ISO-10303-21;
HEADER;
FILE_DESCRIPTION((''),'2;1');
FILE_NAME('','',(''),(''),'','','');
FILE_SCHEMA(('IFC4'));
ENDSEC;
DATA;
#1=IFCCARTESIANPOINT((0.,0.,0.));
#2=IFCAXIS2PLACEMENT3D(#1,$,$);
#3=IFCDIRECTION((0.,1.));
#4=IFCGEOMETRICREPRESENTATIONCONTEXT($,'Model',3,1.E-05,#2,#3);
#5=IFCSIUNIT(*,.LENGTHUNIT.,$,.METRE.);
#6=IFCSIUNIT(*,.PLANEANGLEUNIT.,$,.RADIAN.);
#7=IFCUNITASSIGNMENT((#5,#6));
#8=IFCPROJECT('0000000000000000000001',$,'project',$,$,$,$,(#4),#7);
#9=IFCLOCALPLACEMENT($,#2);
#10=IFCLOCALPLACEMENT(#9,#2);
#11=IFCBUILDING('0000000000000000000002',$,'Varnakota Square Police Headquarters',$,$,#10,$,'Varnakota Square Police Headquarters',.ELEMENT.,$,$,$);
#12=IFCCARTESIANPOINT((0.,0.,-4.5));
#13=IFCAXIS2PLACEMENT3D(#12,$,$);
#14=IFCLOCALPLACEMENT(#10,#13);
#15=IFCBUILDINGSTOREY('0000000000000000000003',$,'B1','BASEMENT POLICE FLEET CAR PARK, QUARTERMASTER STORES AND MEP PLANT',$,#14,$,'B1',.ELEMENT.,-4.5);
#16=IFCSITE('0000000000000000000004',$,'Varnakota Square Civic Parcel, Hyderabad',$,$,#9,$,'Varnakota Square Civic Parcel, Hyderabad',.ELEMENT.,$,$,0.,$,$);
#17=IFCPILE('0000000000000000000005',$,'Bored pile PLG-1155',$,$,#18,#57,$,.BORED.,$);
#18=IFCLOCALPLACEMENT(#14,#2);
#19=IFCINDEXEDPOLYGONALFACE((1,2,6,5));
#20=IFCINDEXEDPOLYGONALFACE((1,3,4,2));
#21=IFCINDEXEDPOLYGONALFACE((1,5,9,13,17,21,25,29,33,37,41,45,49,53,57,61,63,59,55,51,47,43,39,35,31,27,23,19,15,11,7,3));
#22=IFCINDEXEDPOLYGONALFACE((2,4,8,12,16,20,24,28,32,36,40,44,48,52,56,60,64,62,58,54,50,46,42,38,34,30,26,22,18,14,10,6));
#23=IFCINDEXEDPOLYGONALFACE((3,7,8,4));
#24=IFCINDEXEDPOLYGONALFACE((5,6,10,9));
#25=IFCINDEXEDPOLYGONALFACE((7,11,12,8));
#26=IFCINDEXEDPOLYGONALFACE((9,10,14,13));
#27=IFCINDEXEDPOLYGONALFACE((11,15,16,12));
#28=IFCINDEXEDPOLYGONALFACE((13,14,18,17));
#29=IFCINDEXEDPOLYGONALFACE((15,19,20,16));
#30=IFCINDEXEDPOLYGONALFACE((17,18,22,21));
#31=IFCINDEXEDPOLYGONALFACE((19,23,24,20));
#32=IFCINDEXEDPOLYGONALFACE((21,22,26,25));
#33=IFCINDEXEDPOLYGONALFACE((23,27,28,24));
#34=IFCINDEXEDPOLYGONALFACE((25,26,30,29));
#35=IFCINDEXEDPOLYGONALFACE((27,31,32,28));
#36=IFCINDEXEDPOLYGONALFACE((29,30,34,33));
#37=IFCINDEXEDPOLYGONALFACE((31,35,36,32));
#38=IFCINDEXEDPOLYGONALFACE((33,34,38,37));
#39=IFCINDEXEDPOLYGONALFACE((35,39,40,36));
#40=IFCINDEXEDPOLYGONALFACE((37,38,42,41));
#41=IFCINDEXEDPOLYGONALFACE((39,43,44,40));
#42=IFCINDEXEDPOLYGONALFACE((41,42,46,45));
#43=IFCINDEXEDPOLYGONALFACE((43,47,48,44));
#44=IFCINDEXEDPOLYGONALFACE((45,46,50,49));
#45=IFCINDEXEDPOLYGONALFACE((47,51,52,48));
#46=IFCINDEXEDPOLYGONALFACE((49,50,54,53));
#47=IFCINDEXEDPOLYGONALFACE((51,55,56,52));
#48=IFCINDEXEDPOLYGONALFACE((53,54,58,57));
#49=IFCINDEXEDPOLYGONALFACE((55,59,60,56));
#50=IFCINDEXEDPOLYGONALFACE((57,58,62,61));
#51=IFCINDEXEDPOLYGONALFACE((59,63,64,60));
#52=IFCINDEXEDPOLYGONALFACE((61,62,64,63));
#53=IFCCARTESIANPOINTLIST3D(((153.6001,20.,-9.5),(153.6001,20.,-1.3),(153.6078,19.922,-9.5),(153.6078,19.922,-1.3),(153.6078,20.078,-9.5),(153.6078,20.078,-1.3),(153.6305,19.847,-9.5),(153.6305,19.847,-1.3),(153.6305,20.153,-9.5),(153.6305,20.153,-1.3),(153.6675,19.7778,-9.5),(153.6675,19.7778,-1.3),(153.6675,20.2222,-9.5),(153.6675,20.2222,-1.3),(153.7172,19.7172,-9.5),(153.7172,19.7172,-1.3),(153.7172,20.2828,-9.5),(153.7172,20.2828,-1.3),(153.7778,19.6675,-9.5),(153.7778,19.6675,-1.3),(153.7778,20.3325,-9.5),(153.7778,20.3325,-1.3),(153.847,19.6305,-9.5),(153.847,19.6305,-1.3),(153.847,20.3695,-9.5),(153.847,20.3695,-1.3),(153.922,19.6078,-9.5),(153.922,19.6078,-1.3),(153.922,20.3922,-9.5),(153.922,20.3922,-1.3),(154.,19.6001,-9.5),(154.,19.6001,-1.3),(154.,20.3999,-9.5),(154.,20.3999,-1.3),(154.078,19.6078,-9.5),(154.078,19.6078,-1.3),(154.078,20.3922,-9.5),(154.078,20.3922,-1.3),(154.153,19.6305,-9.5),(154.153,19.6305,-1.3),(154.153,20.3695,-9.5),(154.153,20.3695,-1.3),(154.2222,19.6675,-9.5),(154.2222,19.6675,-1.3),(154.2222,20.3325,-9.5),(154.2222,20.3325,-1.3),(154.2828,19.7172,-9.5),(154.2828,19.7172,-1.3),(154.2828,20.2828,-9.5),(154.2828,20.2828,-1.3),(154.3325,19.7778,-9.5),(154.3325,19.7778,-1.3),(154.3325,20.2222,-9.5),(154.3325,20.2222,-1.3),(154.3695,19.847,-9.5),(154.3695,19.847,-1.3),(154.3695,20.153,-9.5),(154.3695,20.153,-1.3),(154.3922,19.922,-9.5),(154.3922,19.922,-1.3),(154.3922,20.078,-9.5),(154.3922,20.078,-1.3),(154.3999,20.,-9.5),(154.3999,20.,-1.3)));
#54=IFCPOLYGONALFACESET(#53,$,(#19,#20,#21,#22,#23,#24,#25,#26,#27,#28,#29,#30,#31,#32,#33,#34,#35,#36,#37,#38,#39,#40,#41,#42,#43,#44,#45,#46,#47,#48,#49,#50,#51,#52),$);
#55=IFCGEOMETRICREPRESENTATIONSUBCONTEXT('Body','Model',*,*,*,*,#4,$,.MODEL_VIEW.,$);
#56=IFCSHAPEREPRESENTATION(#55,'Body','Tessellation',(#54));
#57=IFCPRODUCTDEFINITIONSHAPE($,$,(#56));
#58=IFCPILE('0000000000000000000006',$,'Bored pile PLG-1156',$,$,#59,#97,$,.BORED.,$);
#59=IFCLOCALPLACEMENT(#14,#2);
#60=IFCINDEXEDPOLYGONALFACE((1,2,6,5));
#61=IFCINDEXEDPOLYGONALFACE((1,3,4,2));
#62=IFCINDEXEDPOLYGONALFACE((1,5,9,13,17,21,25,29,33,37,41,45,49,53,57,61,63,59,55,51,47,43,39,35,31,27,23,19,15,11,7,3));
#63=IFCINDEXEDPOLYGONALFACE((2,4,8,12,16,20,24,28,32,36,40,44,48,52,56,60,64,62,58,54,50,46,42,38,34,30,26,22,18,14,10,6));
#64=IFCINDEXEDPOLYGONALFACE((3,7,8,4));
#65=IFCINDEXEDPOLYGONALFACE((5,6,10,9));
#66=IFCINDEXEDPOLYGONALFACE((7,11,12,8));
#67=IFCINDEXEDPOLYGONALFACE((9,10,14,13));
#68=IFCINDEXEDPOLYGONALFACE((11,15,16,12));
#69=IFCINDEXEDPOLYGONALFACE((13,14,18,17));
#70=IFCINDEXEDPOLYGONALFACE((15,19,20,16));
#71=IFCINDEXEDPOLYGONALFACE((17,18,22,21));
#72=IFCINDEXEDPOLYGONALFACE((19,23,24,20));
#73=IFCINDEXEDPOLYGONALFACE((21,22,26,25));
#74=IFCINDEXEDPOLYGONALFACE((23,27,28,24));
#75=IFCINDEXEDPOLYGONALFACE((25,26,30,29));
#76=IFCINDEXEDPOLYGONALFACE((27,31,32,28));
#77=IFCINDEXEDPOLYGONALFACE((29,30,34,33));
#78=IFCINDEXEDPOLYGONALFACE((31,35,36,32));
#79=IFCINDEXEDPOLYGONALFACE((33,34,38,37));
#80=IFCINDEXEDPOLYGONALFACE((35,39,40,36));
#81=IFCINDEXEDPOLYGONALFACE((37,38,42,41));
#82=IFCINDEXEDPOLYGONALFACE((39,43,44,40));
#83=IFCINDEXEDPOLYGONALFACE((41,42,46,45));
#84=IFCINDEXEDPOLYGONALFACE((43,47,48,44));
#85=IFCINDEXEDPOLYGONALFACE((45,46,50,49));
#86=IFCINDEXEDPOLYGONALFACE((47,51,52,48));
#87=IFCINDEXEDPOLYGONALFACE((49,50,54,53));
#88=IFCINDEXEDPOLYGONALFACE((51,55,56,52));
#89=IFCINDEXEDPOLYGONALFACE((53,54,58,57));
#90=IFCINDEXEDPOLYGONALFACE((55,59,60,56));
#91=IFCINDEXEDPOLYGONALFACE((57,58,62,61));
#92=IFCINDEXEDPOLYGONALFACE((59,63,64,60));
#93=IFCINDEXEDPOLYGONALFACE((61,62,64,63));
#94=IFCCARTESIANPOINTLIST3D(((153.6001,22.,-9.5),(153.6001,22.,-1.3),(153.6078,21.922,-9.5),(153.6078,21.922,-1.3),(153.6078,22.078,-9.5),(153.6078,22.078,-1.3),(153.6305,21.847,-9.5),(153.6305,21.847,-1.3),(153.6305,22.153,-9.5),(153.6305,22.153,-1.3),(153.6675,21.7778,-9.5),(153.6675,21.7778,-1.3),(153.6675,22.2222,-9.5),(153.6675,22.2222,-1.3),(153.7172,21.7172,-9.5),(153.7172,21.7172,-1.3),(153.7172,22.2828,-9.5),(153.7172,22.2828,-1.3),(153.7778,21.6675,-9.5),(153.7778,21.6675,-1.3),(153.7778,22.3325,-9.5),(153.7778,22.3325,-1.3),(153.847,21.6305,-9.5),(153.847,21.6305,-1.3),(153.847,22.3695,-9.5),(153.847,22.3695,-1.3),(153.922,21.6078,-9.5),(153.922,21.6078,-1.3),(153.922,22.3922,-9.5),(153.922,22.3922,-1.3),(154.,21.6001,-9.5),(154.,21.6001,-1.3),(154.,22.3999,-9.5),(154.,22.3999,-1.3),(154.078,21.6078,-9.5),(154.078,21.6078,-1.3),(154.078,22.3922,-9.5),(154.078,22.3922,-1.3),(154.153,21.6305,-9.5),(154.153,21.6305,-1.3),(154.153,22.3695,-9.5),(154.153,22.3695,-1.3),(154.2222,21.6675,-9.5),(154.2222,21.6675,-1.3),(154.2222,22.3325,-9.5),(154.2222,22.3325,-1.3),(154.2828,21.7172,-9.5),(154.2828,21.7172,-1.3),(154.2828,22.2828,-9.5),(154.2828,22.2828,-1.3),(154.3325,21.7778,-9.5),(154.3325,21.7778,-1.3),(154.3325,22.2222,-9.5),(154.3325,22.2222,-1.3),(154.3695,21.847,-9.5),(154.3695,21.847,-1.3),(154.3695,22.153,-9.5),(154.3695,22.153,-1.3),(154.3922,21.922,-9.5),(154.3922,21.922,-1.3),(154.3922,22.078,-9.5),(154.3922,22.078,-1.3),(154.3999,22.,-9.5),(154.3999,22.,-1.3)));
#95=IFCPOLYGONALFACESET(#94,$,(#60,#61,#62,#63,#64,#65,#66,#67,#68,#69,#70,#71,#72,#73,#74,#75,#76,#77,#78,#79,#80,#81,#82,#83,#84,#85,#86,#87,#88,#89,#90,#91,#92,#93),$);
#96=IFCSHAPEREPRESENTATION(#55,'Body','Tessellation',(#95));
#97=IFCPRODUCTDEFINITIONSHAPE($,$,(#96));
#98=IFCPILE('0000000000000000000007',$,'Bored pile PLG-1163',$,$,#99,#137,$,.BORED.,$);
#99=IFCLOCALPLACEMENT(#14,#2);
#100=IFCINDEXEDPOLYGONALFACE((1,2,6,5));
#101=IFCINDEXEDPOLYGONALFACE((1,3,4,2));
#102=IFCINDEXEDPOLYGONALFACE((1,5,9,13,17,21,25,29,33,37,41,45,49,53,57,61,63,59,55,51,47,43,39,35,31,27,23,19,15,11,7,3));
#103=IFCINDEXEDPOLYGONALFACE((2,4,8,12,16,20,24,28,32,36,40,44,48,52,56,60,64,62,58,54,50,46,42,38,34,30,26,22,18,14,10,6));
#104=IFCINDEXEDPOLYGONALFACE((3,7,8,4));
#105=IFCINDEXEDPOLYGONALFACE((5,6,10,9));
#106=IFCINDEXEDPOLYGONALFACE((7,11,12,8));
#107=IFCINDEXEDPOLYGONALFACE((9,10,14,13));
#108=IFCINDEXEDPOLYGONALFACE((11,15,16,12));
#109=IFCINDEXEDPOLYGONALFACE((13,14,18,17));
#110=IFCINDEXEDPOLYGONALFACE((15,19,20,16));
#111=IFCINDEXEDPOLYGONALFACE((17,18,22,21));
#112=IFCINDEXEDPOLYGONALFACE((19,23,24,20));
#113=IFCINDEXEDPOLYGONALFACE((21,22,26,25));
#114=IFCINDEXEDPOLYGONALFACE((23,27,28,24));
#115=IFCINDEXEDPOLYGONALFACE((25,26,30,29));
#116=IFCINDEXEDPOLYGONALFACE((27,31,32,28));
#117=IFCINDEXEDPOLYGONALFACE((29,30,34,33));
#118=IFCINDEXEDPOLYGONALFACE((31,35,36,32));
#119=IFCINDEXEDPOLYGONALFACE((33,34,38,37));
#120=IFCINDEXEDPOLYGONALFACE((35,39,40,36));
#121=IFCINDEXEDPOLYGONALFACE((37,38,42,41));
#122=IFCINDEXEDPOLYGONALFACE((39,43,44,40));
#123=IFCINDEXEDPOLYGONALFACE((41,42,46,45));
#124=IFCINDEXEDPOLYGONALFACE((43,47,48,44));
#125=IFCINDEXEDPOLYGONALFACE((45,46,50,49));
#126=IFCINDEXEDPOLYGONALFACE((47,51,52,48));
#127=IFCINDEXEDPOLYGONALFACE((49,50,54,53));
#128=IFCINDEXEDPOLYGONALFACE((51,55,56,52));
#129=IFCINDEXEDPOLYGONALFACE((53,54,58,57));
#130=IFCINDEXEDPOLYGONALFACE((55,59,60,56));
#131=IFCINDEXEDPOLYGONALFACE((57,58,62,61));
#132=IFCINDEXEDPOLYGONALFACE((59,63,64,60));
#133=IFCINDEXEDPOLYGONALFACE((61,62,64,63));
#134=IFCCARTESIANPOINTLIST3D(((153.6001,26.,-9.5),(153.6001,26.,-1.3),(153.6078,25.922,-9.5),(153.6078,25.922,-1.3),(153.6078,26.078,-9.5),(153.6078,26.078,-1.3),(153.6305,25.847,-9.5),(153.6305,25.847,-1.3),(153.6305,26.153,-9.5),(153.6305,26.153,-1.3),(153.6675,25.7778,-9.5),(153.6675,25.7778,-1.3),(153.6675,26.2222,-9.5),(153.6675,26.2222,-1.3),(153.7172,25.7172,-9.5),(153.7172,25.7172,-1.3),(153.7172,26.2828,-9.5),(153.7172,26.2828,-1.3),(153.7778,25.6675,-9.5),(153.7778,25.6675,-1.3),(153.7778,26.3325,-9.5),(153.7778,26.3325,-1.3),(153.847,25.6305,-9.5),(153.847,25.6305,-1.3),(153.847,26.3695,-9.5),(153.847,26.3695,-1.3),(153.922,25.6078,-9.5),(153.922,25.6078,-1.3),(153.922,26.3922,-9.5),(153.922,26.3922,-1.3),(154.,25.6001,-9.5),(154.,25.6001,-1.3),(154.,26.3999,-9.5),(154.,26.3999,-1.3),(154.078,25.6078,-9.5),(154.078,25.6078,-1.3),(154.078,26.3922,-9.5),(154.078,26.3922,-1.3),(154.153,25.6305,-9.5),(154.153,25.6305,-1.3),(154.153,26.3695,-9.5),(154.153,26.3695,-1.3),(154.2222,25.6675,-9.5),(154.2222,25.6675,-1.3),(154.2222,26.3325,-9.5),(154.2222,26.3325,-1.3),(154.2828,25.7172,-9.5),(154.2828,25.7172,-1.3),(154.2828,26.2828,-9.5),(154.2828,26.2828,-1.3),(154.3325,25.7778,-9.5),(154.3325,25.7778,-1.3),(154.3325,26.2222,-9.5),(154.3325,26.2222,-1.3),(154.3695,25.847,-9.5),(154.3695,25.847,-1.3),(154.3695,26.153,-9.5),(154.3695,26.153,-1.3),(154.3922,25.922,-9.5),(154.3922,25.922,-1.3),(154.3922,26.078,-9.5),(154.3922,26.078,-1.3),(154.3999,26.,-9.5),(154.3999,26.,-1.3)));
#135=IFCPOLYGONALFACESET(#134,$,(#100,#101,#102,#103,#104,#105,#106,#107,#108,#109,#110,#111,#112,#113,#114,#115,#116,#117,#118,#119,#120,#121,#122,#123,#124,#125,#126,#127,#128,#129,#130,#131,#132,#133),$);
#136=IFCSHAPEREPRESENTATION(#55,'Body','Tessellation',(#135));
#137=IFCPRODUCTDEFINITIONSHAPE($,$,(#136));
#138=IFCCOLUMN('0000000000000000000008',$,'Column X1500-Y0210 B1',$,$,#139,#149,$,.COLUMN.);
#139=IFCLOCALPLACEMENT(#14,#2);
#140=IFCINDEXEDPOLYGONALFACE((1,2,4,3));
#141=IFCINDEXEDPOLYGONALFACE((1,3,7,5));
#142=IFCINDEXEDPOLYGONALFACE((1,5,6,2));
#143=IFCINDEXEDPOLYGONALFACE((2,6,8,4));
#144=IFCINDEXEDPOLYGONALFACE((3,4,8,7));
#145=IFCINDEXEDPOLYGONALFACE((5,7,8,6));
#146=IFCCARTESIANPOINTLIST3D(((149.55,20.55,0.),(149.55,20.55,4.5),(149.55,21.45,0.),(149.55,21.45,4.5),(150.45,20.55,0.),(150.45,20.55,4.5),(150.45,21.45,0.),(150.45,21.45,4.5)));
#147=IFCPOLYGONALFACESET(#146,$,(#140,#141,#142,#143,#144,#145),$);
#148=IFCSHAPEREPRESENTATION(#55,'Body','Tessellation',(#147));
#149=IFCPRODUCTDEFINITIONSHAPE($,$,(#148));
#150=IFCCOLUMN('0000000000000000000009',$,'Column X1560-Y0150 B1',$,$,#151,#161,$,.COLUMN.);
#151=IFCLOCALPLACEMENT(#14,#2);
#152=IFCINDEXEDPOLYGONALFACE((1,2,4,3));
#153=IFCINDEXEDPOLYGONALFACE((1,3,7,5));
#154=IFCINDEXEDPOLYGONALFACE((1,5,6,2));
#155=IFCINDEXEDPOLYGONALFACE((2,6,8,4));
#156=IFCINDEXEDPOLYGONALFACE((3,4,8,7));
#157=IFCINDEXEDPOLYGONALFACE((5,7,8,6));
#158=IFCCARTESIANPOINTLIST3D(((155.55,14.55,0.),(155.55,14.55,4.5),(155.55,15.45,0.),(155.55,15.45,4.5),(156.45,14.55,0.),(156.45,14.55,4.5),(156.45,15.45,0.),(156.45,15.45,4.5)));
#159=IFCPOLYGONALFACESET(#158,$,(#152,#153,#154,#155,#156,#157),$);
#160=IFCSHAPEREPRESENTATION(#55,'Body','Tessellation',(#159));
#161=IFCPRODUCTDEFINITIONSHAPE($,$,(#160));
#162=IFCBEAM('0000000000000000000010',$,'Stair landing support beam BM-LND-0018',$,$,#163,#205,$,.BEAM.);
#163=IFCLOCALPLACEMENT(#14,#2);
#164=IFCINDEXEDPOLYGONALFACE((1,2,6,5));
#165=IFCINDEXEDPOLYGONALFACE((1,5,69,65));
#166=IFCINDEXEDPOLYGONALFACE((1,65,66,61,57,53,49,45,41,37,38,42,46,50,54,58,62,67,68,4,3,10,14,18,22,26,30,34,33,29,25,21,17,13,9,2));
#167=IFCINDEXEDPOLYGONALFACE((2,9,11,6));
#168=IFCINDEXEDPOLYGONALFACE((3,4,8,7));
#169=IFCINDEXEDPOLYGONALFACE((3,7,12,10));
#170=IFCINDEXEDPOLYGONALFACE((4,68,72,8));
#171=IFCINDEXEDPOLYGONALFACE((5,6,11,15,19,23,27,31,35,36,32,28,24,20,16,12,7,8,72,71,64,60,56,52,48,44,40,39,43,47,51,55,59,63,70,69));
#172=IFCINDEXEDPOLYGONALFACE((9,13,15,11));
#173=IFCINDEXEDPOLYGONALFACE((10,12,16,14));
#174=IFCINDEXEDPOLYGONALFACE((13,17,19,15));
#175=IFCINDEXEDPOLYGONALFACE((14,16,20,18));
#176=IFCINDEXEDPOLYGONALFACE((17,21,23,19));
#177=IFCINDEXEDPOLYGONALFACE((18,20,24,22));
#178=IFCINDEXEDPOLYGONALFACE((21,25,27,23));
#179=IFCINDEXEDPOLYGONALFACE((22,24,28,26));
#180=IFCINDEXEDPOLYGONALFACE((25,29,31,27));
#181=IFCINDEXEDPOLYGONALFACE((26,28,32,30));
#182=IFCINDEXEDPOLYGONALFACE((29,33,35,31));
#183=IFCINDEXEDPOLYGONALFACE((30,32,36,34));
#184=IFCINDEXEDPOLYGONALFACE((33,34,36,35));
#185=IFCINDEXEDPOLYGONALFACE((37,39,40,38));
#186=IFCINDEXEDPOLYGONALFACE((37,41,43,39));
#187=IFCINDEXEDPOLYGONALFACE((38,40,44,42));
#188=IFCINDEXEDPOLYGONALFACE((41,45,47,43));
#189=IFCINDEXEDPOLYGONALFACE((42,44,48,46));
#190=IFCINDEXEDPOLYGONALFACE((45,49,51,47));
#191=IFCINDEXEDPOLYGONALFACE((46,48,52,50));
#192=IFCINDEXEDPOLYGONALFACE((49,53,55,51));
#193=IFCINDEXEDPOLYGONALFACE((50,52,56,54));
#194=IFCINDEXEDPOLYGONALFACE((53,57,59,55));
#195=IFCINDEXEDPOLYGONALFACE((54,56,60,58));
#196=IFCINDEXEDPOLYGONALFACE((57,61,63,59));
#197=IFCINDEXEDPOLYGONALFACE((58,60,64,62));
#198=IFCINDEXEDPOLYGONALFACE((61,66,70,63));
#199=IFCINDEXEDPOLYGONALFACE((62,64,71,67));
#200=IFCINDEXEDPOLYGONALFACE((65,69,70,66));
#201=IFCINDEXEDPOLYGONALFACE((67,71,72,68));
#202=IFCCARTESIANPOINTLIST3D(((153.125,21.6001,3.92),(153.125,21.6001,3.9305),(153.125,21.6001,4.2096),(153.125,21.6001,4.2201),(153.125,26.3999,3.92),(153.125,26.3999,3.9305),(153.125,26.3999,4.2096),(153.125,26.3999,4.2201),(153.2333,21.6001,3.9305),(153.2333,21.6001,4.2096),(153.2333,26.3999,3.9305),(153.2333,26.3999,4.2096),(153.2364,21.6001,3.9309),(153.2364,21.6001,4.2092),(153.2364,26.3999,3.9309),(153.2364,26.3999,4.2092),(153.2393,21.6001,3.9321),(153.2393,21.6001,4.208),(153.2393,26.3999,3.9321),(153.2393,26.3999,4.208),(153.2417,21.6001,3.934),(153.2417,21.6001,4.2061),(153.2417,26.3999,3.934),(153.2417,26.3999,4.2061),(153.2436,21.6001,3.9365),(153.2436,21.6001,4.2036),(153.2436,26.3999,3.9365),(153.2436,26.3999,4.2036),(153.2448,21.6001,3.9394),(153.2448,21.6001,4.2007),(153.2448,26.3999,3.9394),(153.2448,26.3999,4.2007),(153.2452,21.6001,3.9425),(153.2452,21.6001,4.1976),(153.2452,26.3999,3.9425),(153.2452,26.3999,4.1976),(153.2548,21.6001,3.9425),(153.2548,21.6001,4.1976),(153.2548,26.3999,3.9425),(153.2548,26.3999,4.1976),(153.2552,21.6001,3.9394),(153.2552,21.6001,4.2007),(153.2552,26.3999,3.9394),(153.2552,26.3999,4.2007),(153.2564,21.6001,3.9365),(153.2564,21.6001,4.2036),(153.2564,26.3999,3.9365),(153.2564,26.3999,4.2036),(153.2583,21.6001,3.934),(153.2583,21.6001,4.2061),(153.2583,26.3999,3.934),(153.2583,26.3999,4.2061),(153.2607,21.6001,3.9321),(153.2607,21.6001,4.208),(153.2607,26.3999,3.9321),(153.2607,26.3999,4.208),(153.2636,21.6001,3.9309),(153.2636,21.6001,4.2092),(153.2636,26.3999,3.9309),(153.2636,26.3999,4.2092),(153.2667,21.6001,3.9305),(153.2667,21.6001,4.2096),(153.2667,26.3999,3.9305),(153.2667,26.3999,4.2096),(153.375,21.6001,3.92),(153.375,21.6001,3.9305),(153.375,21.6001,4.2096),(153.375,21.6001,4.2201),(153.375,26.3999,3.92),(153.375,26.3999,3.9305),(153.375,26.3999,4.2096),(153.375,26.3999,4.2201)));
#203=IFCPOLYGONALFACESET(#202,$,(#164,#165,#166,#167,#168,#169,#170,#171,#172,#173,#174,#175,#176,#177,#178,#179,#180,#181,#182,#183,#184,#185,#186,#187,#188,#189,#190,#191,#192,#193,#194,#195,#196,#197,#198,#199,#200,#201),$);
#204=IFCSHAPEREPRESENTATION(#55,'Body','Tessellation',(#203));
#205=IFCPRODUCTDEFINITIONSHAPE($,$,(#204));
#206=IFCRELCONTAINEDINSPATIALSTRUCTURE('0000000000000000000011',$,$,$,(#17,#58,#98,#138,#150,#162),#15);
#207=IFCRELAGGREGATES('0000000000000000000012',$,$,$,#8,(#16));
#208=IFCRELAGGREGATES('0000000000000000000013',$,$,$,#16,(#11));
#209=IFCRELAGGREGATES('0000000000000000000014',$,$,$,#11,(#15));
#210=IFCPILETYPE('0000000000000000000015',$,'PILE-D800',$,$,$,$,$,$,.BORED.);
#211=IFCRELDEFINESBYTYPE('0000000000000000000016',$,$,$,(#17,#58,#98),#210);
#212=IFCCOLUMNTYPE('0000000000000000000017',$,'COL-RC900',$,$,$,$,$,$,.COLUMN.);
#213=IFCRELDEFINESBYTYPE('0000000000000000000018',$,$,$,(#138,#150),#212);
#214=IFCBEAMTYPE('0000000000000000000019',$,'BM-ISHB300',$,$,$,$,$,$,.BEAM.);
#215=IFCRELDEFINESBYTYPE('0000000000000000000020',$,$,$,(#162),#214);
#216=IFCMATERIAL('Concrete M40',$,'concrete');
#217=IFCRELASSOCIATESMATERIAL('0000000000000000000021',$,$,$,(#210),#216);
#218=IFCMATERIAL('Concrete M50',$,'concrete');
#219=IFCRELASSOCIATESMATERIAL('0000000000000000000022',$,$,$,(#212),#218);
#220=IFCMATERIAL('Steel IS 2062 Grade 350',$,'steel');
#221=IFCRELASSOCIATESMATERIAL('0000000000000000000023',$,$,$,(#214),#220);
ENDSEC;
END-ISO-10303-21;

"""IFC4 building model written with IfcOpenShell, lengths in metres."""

from ifc_helpers import new_model, si_unit, direction, frame, origin, origin_2d, place, context, subcontext, project, spatial, rectangle, circle, i_section, extrude, material, material_profile, profile_set, type_object, element, save


model = new_model("IFC4")

# Units and contexts
model_context = context("Model", 3, precision=1e-05, world=origin(), true_north=direction((0.0, 1.0)))
body_context = subcontext(model_context, "Body", "Model", "MODEL_VIEW")
ifc_project = project(units=[si_unit("LENGTHUNIT", "METRE"), si_unit("PLANEANGLEUNIT", "RADIAN")], contexts=[model_context])

# Site, building, storey
site_placement = place(None, origin())
site = spatial("IfcSite", under=ifc_project, at=site_placement, Name="Varnakota Square Civic Parcel, Hyderabad", LongName="Varnakota Square Civic Parcel, Hyderabad", CompositionType="ELEMENT", RefElevation=0.0)
building_placement = place(site_placement, origin())
building = spatial("IfcBuilding", under=site, at=building_placement, Name="Varnakota Square Police Headquarters", LongName="Varnakota Square Police Headquarters", CompositionType="ELEMENT")
storey_placement = place(building_placement, frame((0.0, 0.0, -4.5)))
storey = spatial("IfcBuildingStorey", under=building, at=storey_placement, Name="B1", Description="BASEMENT POLICE FLEET CAR PARK, QUARTERMASTER STORES AND MEP PLANT", LongName="B1", CompositionType="ELEMENT", Elevation=-4.5)

# Shared definitions
ifc_material_1 = material(Name="Concrete M40", Category="concrete")
ifc_material_2 = material(Name="Concrete M50", Category="concrete")

# Piles
ifc_material_profile_1 = material_profile(ifc_material_1, circle(Radius=0.3999, at=origin_2d()), Name="BORED PILE 800")
ifc_profile_set_1 = profile_set([ifc_material_profile_1], Name="Concrete M40")
pile_type = type_object("IfcPileType", Name="PILE-D800", PredefinedType="BORED", material=ifc_profile_set_1)
for number, where, z_axis, x_axis, name in (
    (1, (154.0, 20.0, -1.3), (0.0, 0.0, -1.0), (1.0, 0.0, 0.0), "Bored pile PLG-1155"),
    (2, (154.0, 22.0, -1.3), (0.0, 0.0, -1.0), (1.0, 0.0, 0.0), "Bored pile PLG-1156"),
    (3, (154.0, 26.0, -1.3), (0.0, 0.0, -1.0), (1.0, 0.0, 0.0), "Bored pile PLG-1163"),
):
    element("IfcPile", number, at=place(storey_placement, frame(where, z_axis=z_axis, x_axis=x_axis)), inside=storey, type_object=pile_type, Name=name, PredefinedType="BORED", context=body_context, shape_type="SweptSolid", body=[
        extrude(circle(Radius=0.3999, at=origin_2d()), origin(), (0.0, 0.0, 1.0), 8.2),
    ])

# Columns
ifc_material_profile_2 = material_profile(ifc_material_2, rectangle(XDim=0.8999, YDim=0.8999, at=origin_2d()), Name="RC 900x900")
ifc_profile_set_2 = profile_set([ifc_material_profile_2], Name="Concrete M50")
column_type = type_object("IfcColumnType", Name="COL-RC900", PredefinedType="COLUMN", material=ifc_profile_set_2)
for number, where, z_axis, x_axis, name in (
    (4, (150.0, 21.0, 0.0), (0.0, 0.0, 1.0), (1.0, 0.0, 0.0), "Column X1500-Y0210 B1"),
    (5, (156.0, 15.0, 0.0), (0.0, 0.0, 1.0), (1.0, 0.0, 0.0), "Column X1560-Y0150 B1"),
):
    element("IfcColumn", number, at=place(storey_placement, frame(where, z_axis=z_axis, x_axis=x_axis)), inside=storey, type_object=column_type, Name=name, PredefinedType="COLUMN", context=body_context, shape_type="SweptSolid", body=[
        extrude(rectangle(XDim=0.8999, YDim=0.8999, at=origin_2d()), origin(), (0.0, 0.0, 1.0), 4.5),
    ])

# Beam
ifc_material_3 = material(Name="Steel IS 2062 Grade 350", Category="steel")
ifc_material_profile_3 = material_profile(ifc_material_3, i_section(OverallWidth=0.25, OverallDepth=0.3, WebThickness=0.0095, FlangeThickness=0.0105, FilletRadius=0.012, at=origin_2d()), Name="ISHB 300")
ifc_profile_set_3 = profile_set([ifc_material_profile_3], Name="Steel IS 2062 Grade 350")
beam_type_1 = type_object("IfcBeamType", Name="BM-ISHB300", PredefinedType="BEAM", material=ifc_profile_set_3)
beam_1_placement = place(storey_placement, frame((153.25, 21.6001, 4.0701), z_axis=(0.0, 1.0, 0.0), x_axis=(-1.0, 0.0, 0.0)))
element("IfcBeam", 6, at=beam_1_placement, inside=storey, type_object=beam_type_1, Name="Stair landing support beam BM-LND-0018", PredefinedType="BEAM", context=body_context, shape_type="SweptSolid", body=[
    extrude(i_section(OverallWidth=0.25, OverallDepth=0.3, WebThickness=0.0095, FlangeThickness=0.0105, FilletRadius=0.012, at=origin_2d()), origin(), (0.0, 0.0, 1.0), 4.7998),
])

save(model, "model.ifc")
